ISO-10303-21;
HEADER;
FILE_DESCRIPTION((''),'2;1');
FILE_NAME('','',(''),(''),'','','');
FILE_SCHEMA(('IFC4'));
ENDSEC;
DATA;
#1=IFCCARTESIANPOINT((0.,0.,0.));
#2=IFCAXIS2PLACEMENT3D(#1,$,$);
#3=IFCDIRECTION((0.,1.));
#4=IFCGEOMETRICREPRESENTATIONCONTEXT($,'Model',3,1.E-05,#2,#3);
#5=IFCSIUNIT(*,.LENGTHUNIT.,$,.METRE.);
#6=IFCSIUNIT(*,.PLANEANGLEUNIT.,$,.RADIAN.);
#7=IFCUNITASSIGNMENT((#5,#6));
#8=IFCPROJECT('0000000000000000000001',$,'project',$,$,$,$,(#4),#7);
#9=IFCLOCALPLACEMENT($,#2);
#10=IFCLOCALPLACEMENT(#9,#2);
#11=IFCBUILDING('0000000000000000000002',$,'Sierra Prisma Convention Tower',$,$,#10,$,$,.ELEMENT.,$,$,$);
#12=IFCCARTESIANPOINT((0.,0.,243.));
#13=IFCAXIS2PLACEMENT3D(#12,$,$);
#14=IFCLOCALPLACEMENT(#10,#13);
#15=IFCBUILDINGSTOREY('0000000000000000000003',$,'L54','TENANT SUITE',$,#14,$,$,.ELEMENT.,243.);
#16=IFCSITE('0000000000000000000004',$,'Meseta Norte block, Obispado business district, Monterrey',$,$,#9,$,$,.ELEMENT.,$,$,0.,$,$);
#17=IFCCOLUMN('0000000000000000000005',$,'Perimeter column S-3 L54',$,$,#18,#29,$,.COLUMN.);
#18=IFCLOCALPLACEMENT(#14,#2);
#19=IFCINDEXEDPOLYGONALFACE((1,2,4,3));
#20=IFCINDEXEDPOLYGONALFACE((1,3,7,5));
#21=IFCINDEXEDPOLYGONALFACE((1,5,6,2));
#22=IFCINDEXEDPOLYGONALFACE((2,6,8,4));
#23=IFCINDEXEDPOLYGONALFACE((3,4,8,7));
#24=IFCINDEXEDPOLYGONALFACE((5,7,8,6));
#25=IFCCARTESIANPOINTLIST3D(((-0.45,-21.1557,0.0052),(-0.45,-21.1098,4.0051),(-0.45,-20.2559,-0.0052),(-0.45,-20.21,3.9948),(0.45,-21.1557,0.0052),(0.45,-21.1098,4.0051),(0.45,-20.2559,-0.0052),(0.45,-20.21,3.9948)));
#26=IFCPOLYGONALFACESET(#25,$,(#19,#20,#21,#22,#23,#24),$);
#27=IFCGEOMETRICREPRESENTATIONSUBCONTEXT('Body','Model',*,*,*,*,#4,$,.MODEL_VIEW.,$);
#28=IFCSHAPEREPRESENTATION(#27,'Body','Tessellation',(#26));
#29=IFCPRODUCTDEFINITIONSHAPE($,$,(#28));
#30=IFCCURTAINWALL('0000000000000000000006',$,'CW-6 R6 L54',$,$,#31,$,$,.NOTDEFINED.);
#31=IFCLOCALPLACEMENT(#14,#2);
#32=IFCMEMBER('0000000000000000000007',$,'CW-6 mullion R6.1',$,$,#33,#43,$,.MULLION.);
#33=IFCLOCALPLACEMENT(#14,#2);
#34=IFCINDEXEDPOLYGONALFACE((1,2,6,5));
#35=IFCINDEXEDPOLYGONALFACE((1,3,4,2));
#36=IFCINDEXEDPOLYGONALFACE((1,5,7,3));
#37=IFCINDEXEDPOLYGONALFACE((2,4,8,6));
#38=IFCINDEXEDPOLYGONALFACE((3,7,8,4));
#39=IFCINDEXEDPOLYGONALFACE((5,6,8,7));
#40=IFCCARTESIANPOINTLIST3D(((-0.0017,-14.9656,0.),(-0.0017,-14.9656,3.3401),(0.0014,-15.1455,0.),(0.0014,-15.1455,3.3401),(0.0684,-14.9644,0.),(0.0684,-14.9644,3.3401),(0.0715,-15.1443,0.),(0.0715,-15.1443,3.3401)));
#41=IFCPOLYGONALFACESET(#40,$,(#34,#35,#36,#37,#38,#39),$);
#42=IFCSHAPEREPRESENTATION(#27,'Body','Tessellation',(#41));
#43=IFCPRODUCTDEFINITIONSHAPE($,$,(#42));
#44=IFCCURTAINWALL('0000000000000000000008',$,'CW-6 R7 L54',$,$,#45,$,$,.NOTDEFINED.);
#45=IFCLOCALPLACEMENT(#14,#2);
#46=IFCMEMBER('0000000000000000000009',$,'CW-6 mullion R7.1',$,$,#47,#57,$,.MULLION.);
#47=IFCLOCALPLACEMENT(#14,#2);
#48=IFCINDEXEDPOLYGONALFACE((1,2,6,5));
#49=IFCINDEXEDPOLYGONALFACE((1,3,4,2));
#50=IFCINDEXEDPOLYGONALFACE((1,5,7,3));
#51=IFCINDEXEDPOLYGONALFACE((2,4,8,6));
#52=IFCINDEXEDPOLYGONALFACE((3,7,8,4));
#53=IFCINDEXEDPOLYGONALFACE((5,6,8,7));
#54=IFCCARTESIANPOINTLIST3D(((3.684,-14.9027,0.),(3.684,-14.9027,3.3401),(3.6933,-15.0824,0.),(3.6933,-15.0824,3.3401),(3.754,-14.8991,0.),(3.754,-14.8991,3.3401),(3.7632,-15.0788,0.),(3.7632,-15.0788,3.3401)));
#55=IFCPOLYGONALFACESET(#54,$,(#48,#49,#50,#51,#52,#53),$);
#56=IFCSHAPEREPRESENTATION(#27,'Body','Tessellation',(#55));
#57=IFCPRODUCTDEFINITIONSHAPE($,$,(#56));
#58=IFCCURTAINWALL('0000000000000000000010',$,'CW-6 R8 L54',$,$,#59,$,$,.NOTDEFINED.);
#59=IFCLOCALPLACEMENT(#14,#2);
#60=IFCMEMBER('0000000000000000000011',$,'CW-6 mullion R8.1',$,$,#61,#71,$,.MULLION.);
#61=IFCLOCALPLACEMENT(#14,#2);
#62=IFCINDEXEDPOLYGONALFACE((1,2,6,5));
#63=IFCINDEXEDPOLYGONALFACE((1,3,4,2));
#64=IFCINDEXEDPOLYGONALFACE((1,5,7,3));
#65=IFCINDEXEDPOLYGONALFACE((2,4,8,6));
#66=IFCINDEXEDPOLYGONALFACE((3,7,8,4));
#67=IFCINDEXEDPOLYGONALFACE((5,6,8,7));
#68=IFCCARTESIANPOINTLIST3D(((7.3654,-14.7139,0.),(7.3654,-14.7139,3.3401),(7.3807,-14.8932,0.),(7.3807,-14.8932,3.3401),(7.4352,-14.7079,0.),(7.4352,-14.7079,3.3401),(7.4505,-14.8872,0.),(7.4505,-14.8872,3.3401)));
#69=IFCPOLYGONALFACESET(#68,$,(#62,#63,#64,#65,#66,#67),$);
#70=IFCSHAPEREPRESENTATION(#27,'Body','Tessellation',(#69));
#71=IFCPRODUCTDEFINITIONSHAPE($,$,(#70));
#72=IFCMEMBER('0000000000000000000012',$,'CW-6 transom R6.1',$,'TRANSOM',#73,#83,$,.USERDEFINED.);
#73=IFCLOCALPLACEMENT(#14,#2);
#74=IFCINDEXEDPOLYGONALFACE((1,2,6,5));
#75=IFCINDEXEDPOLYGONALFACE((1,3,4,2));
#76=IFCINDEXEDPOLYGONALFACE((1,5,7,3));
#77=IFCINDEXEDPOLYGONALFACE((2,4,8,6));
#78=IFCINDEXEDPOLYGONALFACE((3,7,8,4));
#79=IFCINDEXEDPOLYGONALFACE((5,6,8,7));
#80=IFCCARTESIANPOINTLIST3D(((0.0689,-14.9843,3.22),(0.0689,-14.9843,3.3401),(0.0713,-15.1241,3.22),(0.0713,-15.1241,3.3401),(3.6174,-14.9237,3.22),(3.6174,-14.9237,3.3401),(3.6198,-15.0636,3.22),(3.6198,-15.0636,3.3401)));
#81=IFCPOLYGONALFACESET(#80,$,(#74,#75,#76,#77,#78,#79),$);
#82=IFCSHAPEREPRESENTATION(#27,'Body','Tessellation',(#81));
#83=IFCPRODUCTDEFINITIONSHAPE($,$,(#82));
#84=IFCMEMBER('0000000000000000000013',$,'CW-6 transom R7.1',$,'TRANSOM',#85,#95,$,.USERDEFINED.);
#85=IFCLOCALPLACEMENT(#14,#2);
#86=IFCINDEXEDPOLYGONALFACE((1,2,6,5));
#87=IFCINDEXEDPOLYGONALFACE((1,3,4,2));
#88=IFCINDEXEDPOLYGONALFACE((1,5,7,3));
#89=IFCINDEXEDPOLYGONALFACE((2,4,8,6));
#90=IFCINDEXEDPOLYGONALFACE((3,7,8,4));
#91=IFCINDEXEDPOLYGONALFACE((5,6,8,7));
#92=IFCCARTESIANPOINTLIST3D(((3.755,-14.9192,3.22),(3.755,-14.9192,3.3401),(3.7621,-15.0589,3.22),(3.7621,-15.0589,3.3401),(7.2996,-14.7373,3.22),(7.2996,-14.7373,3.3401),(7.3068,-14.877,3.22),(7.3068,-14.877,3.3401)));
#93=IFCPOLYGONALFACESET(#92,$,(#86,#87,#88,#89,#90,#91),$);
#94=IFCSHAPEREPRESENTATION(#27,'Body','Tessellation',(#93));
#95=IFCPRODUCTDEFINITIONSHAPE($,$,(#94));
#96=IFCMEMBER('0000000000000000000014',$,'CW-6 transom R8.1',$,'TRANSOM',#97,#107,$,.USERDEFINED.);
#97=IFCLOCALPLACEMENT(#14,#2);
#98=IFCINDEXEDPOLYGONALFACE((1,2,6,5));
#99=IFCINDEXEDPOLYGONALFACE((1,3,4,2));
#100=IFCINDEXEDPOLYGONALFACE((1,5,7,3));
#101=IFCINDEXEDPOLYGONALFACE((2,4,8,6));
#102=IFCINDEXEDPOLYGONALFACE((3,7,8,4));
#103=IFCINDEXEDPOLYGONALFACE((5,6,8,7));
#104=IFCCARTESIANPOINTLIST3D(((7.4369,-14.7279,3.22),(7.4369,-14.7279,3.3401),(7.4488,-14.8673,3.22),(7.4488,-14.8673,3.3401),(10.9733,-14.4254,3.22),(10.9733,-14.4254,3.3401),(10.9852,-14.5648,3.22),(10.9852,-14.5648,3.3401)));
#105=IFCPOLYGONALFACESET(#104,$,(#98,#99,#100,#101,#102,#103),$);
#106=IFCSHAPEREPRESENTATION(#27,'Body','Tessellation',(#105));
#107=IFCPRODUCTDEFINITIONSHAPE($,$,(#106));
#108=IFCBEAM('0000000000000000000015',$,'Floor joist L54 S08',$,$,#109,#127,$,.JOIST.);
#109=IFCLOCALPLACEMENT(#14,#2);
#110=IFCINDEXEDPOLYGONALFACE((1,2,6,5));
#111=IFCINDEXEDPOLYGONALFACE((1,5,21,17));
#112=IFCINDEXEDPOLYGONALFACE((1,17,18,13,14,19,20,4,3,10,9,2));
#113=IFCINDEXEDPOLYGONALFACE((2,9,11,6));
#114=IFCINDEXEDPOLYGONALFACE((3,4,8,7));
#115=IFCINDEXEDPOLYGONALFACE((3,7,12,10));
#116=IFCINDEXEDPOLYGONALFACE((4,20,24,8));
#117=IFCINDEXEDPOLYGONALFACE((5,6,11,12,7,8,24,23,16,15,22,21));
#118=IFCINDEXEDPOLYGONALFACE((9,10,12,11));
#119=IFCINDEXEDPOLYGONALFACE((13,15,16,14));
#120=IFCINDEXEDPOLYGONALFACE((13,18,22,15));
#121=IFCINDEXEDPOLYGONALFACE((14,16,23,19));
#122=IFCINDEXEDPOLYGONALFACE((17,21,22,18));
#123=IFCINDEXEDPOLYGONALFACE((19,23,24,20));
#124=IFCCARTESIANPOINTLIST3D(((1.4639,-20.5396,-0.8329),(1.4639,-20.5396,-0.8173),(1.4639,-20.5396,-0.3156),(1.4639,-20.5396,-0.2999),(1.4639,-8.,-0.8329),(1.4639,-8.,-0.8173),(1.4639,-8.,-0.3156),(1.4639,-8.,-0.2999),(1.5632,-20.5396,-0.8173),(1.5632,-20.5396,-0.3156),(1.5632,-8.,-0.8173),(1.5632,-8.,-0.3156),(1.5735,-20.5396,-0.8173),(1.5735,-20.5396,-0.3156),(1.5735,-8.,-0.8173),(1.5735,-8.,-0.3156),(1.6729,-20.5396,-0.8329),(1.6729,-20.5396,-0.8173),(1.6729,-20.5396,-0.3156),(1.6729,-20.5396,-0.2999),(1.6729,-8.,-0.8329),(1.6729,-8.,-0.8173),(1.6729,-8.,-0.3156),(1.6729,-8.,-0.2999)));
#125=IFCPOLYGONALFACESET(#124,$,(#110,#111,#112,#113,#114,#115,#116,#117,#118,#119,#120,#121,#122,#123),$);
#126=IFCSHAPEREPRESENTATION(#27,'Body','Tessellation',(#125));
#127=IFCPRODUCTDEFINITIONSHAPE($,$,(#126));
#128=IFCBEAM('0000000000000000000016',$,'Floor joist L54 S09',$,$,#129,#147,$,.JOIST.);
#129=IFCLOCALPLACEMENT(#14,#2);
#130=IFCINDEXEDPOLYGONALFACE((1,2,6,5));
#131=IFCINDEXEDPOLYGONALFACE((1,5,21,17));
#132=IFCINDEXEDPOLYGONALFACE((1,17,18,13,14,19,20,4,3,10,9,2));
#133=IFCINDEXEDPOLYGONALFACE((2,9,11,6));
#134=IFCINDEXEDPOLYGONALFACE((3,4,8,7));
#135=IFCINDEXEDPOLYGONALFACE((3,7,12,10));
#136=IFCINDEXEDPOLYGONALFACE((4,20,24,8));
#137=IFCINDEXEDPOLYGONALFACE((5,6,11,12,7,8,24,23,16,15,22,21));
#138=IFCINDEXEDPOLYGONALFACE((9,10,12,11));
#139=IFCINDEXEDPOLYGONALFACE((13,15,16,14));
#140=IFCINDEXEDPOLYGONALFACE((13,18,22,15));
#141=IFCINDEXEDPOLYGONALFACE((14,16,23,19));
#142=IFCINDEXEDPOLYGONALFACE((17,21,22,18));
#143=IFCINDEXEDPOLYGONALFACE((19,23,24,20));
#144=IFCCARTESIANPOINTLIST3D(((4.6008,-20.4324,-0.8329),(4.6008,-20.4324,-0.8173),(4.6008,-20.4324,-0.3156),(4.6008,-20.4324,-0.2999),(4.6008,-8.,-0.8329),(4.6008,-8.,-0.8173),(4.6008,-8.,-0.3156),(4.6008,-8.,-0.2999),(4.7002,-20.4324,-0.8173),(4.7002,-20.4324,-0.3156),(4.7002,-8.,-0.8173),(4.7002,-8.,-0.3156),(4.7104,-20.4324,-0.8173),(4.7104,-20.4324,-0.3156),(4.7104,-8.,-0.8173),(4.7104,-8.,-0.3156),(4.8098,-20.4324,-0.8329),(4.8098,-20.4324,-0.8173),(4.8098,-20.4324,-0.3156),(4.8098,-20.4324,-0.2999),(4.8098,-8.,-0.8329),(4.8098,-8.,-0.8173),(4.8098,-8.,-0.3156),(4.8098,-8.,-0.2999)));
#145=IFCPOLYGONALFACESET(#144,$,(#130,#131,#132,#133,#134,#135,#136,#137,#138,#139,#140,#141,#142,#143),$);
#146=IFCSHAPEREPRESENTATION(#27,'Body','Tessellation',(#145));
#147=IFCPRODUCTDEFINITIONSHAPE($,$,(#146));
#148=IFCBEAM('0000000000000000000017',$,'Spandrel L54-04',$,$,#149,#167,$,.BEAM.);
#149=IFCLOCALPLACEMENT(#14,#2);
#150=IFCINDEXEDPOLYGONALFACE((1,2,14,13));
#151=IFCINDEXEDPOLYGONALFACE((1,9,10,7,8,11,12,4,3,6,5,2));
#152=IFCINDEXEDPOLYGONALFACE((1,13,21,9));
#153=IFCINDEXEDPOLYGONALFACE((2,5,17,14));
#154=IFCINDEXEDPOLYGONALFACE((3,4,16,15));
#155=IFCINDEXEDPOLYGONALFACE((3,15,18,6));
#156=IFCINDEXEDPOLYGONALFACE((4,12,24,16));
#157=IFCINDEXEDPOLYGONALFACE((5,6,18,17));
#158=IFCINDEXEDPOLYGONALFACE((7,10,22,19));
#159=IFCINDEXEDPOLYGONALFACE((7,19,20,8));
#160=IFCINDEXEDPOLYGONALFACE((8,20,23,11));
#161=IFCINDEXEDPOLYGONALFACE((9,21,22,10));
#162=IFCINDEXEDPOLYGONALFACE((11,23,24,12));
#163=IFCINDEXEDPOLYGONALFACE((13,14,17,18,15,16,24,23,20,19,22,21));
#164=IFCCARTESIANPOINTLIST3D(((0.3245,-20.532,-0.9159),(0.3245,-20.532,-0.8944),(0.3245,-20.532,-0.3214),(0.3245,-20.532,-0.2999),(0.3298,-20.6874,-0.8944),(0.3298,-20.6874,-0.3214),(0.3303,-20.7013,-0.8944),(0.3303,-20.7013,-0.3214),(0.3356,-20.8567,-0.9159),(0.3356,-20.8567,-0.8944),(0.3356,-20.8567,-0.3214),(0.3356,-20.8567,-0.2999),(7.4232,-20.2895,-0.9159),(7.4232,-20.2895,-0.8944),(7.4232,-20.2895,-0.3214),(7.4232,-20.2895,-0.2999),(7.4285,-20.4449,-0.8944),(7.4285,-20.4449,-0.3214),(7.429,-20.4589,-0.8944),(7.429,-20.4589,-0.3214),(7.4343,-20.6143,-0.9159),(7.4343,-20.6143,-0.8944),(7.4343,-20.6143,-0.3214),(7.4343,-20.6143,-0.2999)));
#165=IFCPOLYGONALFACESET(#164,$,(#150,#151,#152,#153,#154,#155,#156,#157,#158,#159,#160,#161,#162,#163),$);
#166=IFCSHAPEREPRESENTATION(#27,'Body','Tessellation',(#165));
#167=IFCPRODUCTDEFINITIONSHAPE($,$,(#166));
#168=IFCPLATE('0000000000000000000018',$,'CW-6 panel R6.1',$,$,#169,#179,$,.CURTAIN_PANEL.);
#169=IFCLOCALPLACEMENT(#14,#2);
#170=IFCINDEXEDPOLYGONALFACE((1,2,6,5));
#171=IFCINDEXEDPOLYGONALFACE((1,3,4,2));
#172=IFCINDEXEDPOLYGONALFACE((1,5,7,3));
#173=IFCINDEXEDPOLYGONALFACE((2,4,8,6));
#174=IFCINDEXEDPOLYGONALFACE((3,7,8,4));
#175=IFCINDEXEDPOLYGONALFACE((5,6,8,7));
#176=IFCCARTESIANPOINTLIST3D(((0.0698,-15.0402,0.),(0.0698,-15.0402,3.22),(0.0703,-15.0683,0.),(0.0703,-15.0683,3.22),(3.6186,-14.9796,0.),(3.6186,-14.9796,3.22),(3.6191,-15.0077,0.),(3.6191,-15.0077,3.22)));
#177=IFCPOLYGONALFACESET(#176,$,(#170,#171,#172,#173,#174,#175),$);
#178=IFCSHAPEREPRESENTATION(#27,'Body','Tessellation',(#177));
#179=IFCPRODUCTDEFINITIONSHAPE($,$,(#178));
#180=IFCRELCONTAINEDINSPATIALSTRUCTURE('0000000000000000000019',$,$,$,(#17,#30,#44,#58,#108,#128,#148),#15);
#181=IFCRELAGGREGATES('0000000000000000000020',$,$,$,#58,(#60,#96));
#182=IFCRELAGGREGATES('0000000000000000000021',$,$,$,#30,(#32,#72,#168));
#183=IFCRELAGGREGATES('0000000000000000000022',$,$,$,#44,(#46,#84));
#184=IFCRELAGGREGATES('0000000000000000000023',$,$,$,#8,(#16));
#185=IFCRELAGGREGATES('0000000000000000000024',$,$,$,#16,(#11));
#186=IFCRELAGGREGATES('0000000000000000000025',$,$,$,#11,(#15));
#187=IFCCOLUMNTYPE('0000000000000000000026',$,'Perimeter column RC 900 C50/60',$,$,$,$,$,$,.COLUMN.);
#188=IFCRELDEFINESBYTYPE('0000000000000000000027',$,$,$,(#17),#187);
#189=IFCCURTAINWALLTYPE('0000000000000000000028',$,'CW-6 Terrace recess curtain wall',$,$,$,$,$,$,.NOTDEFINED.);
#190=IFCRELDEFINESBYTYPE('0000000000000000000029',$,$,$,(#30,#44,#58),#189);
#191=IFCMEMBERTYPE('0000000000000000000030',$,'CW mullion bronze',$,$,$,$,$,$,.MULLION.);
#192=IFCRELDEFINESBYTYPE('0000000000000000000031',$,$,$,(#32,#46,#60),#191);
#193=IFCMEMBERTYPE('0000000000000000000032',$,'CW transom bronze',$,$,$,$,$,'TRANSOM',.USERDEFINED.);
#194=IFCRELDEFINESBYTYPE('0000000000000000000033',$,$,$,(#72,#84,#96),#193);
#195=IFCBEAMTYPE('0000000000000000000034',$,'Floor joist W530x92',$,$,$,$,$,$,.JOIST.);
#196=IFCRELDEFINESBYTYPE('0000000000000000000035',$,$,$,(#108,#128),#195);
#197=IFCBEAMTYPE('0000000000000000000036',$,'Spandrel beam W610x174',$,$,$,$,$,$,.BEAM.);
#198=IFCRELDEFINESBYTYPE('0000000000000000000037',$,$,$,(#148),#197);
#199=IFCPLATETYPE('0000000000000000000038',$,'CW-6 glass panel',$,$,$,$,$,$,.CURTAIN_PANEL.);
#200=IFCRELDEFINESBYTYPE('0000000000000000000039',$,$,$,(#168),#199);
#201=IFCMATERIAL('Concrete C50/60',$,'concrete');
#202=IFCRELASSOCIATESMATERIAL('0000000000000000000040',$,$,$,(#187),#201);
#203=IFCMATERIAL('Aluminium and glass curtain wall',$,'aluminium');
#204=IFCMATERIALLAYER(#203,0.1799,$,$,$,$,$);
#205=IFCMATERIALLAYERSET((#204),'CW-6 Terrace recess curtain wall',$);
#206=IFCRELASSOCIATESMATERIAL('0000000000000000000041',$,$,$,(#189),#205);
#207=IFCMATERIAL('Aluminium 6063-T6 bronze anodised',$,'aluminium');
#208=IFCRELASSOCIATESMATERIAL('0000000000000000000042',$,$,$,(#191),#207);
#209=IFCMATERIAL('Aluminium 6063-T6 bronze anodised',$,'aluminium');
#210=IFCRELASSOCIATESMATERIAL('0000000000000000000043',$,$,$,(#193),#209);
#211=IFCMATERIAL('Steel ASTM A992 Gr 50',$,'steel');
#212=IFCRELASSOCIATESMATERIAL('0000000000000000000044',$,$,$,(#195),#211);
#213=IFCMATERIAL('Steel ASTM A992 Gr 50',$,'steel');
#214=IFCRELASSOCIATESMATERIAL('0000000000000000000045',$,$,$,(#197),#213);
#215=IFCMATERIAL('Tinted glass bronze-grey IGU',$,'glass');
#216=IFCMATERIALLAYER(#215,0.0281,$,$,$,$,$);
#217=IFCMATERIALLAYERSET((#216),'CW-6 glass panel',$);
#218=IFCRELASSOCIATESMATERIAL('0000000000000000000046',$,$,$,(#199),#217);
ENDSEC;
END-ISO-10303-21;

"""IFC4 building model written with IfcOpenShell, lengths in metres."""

from ifc_helpers import new_model, si_unit, direction, frame, origin, origin_2d, place, context, subcontext, project, spatial, rectangle, i_section, extrude, material, layer, layer_set, material_profile, profile_set, type_object, element, aggregate, save


model = new_model("IFC4")

# Units and contexts
model_context = context("Model", 3, precision=1e-05, world=origin(), true_north=direction((0.0, 1.0)))
body_context = subcontext(model_context, "Body", "Model", "MODEL_VIEW")
ifc_project = project(units=[si_unit("LENGTHUNIT", "METRE"), si_unit("PLANEANGLEUNIT", "RADIAN")], contexts=[model_context])

# Site, building, storey
site_placement = place(None, origin())
site = spatial("IfcSite", under=ifc_project, at=site_placement, Name="Meseta Norte block, Obispado business district, Monterrey", CompositionType="ELEMENT", RefElevation=0.0)
building_placement = place(site_placement, origin())
building = spatial("IfcBuilding", under=site, at=building_placement, Name="Sierra Prisma Convention Tower", CompositionType="ELEMENT")
storey_placement = place(building_placement, frame((0.0, 0.0, 243.0)))
storey = spatial("IfcBuildingStorey", under=building, at=storey_placement, Name="L54", Description="TENANT SUITE", CompositionType="ELEMENT", Elevation=243.0)

# Column
ifc_material_1 = material(Name="Concrete C50/60", Category="concrete")
ifc_material_profile_1 = material_profile(ifc_material_1, rectangle(XDim=0.8999, YDim=0.8999, at=origin_2d()), Name="Perimeter column RC 900 C50/60")
ifc_profile_set_1 = profile_set([ifc_material_profile_1], Name="Concrete C50/60")
column_type = type_object("IfcColumnType", Name="Perimeter column RC 900 C50/60", PredefinedType="COLUMN", material=ifc_profile_set_1)
column_placement = place(storey_placement, frame((0.0, -20.7058, 0.0), z_axis=(0.0, 0.011474, 0.999934), x_axis=(1.0, 0.0, 0.0)))
element("IfcColumn", 1, at=column_placement, inside=storey, type_object=column_type, Name="Perimeter column S-3 L54", PredefinedType="COLUMN", context=body_context, shape_type="SweptSolid", body=[
    extrude(rectangle(XDim=0.8999, YDim=0.8999, at=origin_2d()), origin(), (0.0, 0.0, 1.0), 4.0002),
])

# Curtain walls, members
ifc_material_2 = material(Name="Aluminium and glass curtain wall", Category="aluminium")
ifc_layer_1 = layer(ifc_material_2, 0.1799)
ifc_layer_set_1 = layer_set([ifc_layer_1], Name="CW-6 Terrace recess curtain wall")
curtain_wall_type = type_object("IfcCurtainWallType", Name="CW-6 Terrace recess curtain wall", PredefinedType="NOTDEFINED", material=ifc_layer_set_1)
curtain_wall_1_placement = place(storey_placement, origin())
curtain_wall_1 = element("IfcCurtainWall", 2, at=curtain_wall_1_placement, inside=storey, type_object=curtain_wall_type, Name="CW-6 R6 L54", PredefinedType="NOTDEFINED")
ifc_material_3 = material(Name="Aluminium 6063-T6 bronze anodised", Category="aluminium")
ifc_material_profile_2 = material_profile(ifc_material_3, rectangle(XDim=0.1799, YDim=0.0701, at=origin_2d()), Name="ALU MULLION 70x180")
ifc_profile_set_2 = profile_set([ifc_material_profile_2], Name="Aluminium 6063-T6 bronze anodised")
member_type_1 = type_object("IfcMemberType", Name="CW mullion bronze", PredefinedType="MULLION", material=ifc_profile_set_2)
member_1_placement = place(storey_placement, frame((0.0349, -15.0549, 0.0), z_axis=(0.0, 0.0, 1.0), x_axis=(-0.017071, 0.999854, 0.0)))
member_1 = element("IfcMember", 3, at=member_1_placement, type_object=member_type_1, Name="CW-6 mullion R6.1", PredefinedType="MULLION", context=body_context, shape_type="SweptSolid", body=[
    extrude(rectangle(XDim=0.1799, YDim=0.0701, at=origin_2d()), origin(), (0.0, 0.0, 1.0), 3.3401),
])
curtain_wall_2_placement = place(storey_placement, origin())
curtain_wall_2 = element("IfcCurtainWall", 4, at=curtain_wall_2_placement, inside=storey, type_object=curtain_wall_type, Name="CW-6 R7 L54", PredefinedType="NOTDEFINED")
member_2_placement = place(storey_placement, frame((3.7236, -14.9907, 0.0), z_axis=(0.0, 0.0, 1.0), x_axis=(-0.051193, 0.998689, 0.0)))
member_2 = element("IfcMember", 5, at=member_2_placement, type_object=member_type_1, Name="CW-6 mullion R7.1", PredefinedType="MULLION", context=body_context, shape_type="SweptSolid", body=[
    extrude(rectangle(XDim=0.1799, YDim=0.0701, at=origin_2d()), origin(), (0.0, 0.0, 1.0), 3.3401),
])
curtain_wall_3_placement = place(storey_placement, origin())
curtain_wall_3 = element("IfcCurtainWall", 6, at=curtain_wall_3_placement, inside=storey, type_object=curtain_wall_type, Name="CW-6 R8 L54", PredefinedType="NOTDEFINED")
member_3_placement = place(storey_placement, frame((7.408, -14.8005, 0.0), z_axis=(0.0, 0.0, 1.0), x_axis=(-0.085255, 0.996359, 0.0)))
member_3 = element("IfcMember", 7, at=member_3_placement, type_object=member_type_1, Name="CW-6 mullion R8.1", PredefinedType="MULLION", context=body_context, shape_type="SweptSolid", body=[
    extrude(rectangle(XDim=0.1799, YDim=0.0701, at=origin_2d()), origin(), (0.0, 0.0, 1.0), 3.3401),
])

# Members
ifc_material_4 = material(Name="Aluminium 6063-T6 bronze anodised", Category="aluminium")
ifc_material_profile_3 = material_profile(ifc_material_4, rectangle(XDim=0.1399, YDim=0.1201, at=origin_2d()), Name="ALU TRANSOM 120x140")
ifc_profile_set_3 = profile_set([ifc_material_profile_3], Name="Aluminium 6063-T6 bronze anodised")
member_type_2 = type_object("IfcMemberType", Name="CW transom bronze", ElementType="TRANSOM", PredefinedType="USERDEFINED", material=ifc_profile_set_3)
member_4_placement = place(storey_placement, frame((0.0701, -15.0542, 3.28), z_axis=(0.999854, 0.01706, 0.0), x_axis=(-0.01706, 0.999854, 0.0)))
member_4 = element("IfcMember", 8, at=member_4_placement, type_object=member_type_2, Name="CW-6 transom R6.1", ObjectType="TRANSOM", PredefinedType="USERDEFINED", context=body_context, shape_type="SweptSolid", body=[
    extrude(rectangle(XDim=0.1399, YDim=0.1201, at=origin_2d()), origin(), (0.0, 0.0, 1.0), 3.5491),
])
member_5_placement = place(storey_placement, frame((3.7585, -14.989, 3.28), z_axis=(0.998686, 0.051245, 0.0), x_axis=(-0.051245, 0.998686, 0.0)))
member_5 = element("IfcMember", 9, at=member_5_placement, type_object=member_type_2, Name="CW-6 transom R7.1", ObjectType="TRANSOM", PredefinedType="USERDEFINED", context=body_context, shape_type="SweptSolid", body=[
    extrude(rectangle(XDim=0.1399, YDim=0.1201, at=origin_2d()), origin(), (0.0, 0.0, 1.0), 3.5493),
])
member_6_placement = place(storey_placement, frame((7.4429, -14.7976, 3.28), z_axis=(0.996362, 0.085226, 0.0), x_axis=(-0.085226, 0.996362, 0.0)))
member_6 = element("IfcMember", 10, at=member_6_placement, type_object=member_type_2, Name="CW-6 transom R8.1", ObjectType="TRANSOM", PredefinedType="USERDEFINED", context=body_context, shape_type="SweptSolid", body=[
    extrude(rectangle(XDim=0.1399, YDim=0.1201, at=origin_2d()), origin(), (0.0, 0.0, 1.0), 3.5493),
])
aggregate(curtain_wall_3, [member_3, member_6])

# Beams
ifc_material_5 = material(Name="Steel ASTM A992 Gr 50", Category="steel")
ifc_material_profile_4 = material_profile(ifc_material_5, i_section(OverallWidth=0.209, OverallDepth=0.533, WebThickness=0.0103, FlangeThickness=0.0156, at=origin_2d()), Name="W530x92")
ifc_profile_set_4 = profile_set([ifc_material_profile_4], Name="Steel ASTM A992 Gr 50")
beam_type_1 = type_object("IfcBeamType", Name="Floor joist W530x92", PredefinedType="JOIST", material=ifc_profile_set_4)
beam_1_placement = place(storey_placement, frame((1.5684, -20.5396, -0.5664), z_axis=(0.0, 1.0, 0.0), x_axis=(-1.0, 0.0, 0.0)))
element("IfcBeam", 11, at=beam_1_placement, inside=storey, type_object=beam_type_1, Name="Floor joist L54 S08", PredefinedType="JOIST", context=body_context, shape_type="SweptSolid", body=[
    extrude(i_section(OverallWidth=0.209, OverallDepth=0.533, WebThickness=0.0103, FlangeThickness=0.0156, at=origin_2d()), origin(), (0.0, 0.0, 1.0), 12.5396),
])
beam_2_placement = place(storey_placement, frame((4.7053, -20.4324, -0.5664), z_axis=(0.0, 1.0, 0.0), x_axis=(-1.0, 0.0, 0.0)))
element("IfcBeam", 12, at=beam_2_placement, inside=storey, type_object=beam_type_1, Name="Floor joist L54 S09", PredefinedType="JOIST", context=body_context, shape_type="SweptSolid", body=[
    extrude(i_section(OverallWidth=0.209, OverallDepth=0.533, WebThickness=0.0103, FlangeThickness=0.0156, at=origin_2d()), origin(), (0.0, 0.0, 1.0), 12.4324),
])
ifc_material_6 = material(Name="Steel ASTM A992 Gr 50", Category="steel")
ifc_material_profile_5 = material_profile(ifc_material_6, i_section(OverallWidth=0.325, OverallDepth=0.616, WebThickness=0.0139, FlangeThickness=0.0215, at=origin_2d()), Name="W610x174")
ifc_profile_set_5 = profile_set([ifc_material_profile_5], Name="Steel ASTM A992 Gr 50")
beam_type_2 = type_object("IfcBeamType", Name="Spandrel beam W610x174", PredefinedType="BEAM", material=ifc_profile_set_5)
beam_3_placement = place(storey_placement, frame((0.3301, -20.6943, -0.6079), z_axis=(0.999417, 0.034132, 0.0), x_axis=(-0.034132, 0.999417, 0.0)))
element("IfcBeam", 13, at=beam_3_placement, inside=storey, type_object=beam_type_2, Name="Spandrel L54-04", PredefinedType="BEAM", context=body_context, shape_type="SweptSolid", body=[
    extrude(i_section(OverallWidth=0.325, OverallDepth=0.616, WebThickness=0.0139, FlangeThickness=0.0215, at=origin_2d()), origin(), (0.0, 0.0, 1.0), 7.1028),
])

# Plate
ifc_material_7 = material(Name="Tinted glass bronze-grey IGU", Category="glass")
ifc_layer_2 = layer(ifc_material_7, 0.0281)
ifc_layer_set_2 = layer_set([ifc_layer_2], Name="CW-6 glass panel")
plate_type = type_object("IfcPlateType", Name="CW-6 glass panel", PredefinedType="CURTAIN_PANEL", material=ifc_layer_set_2)
plate_1_placement = place(storey_placement, frame((1.8445, -15.0239, 0.0), z_axis=(0.0, 0.0, 1.0), x_axis=(0.999854, 0.017071, 0.0)))
plate_1 = element("IfcPlate", 14, at=plate_1_placement, type_object=plate_type, Name="CW-6 panel R6.1", PredefinedType="CURTAIN_PANEL", context=body_context, shape_type="SweptSolid", body=[
    extrude(rectangle(XDim=3.5493, YDim=0.0281, at=origin_2d()), origin(), (0.0, 0.0, 1.0), 3.22),
])
aggregate(curtain_wall_1, [member_1, member_4, plate_1])
aggregate(curtain_wall_2, [member_2, member_5])

save(model, "model.ifc")
